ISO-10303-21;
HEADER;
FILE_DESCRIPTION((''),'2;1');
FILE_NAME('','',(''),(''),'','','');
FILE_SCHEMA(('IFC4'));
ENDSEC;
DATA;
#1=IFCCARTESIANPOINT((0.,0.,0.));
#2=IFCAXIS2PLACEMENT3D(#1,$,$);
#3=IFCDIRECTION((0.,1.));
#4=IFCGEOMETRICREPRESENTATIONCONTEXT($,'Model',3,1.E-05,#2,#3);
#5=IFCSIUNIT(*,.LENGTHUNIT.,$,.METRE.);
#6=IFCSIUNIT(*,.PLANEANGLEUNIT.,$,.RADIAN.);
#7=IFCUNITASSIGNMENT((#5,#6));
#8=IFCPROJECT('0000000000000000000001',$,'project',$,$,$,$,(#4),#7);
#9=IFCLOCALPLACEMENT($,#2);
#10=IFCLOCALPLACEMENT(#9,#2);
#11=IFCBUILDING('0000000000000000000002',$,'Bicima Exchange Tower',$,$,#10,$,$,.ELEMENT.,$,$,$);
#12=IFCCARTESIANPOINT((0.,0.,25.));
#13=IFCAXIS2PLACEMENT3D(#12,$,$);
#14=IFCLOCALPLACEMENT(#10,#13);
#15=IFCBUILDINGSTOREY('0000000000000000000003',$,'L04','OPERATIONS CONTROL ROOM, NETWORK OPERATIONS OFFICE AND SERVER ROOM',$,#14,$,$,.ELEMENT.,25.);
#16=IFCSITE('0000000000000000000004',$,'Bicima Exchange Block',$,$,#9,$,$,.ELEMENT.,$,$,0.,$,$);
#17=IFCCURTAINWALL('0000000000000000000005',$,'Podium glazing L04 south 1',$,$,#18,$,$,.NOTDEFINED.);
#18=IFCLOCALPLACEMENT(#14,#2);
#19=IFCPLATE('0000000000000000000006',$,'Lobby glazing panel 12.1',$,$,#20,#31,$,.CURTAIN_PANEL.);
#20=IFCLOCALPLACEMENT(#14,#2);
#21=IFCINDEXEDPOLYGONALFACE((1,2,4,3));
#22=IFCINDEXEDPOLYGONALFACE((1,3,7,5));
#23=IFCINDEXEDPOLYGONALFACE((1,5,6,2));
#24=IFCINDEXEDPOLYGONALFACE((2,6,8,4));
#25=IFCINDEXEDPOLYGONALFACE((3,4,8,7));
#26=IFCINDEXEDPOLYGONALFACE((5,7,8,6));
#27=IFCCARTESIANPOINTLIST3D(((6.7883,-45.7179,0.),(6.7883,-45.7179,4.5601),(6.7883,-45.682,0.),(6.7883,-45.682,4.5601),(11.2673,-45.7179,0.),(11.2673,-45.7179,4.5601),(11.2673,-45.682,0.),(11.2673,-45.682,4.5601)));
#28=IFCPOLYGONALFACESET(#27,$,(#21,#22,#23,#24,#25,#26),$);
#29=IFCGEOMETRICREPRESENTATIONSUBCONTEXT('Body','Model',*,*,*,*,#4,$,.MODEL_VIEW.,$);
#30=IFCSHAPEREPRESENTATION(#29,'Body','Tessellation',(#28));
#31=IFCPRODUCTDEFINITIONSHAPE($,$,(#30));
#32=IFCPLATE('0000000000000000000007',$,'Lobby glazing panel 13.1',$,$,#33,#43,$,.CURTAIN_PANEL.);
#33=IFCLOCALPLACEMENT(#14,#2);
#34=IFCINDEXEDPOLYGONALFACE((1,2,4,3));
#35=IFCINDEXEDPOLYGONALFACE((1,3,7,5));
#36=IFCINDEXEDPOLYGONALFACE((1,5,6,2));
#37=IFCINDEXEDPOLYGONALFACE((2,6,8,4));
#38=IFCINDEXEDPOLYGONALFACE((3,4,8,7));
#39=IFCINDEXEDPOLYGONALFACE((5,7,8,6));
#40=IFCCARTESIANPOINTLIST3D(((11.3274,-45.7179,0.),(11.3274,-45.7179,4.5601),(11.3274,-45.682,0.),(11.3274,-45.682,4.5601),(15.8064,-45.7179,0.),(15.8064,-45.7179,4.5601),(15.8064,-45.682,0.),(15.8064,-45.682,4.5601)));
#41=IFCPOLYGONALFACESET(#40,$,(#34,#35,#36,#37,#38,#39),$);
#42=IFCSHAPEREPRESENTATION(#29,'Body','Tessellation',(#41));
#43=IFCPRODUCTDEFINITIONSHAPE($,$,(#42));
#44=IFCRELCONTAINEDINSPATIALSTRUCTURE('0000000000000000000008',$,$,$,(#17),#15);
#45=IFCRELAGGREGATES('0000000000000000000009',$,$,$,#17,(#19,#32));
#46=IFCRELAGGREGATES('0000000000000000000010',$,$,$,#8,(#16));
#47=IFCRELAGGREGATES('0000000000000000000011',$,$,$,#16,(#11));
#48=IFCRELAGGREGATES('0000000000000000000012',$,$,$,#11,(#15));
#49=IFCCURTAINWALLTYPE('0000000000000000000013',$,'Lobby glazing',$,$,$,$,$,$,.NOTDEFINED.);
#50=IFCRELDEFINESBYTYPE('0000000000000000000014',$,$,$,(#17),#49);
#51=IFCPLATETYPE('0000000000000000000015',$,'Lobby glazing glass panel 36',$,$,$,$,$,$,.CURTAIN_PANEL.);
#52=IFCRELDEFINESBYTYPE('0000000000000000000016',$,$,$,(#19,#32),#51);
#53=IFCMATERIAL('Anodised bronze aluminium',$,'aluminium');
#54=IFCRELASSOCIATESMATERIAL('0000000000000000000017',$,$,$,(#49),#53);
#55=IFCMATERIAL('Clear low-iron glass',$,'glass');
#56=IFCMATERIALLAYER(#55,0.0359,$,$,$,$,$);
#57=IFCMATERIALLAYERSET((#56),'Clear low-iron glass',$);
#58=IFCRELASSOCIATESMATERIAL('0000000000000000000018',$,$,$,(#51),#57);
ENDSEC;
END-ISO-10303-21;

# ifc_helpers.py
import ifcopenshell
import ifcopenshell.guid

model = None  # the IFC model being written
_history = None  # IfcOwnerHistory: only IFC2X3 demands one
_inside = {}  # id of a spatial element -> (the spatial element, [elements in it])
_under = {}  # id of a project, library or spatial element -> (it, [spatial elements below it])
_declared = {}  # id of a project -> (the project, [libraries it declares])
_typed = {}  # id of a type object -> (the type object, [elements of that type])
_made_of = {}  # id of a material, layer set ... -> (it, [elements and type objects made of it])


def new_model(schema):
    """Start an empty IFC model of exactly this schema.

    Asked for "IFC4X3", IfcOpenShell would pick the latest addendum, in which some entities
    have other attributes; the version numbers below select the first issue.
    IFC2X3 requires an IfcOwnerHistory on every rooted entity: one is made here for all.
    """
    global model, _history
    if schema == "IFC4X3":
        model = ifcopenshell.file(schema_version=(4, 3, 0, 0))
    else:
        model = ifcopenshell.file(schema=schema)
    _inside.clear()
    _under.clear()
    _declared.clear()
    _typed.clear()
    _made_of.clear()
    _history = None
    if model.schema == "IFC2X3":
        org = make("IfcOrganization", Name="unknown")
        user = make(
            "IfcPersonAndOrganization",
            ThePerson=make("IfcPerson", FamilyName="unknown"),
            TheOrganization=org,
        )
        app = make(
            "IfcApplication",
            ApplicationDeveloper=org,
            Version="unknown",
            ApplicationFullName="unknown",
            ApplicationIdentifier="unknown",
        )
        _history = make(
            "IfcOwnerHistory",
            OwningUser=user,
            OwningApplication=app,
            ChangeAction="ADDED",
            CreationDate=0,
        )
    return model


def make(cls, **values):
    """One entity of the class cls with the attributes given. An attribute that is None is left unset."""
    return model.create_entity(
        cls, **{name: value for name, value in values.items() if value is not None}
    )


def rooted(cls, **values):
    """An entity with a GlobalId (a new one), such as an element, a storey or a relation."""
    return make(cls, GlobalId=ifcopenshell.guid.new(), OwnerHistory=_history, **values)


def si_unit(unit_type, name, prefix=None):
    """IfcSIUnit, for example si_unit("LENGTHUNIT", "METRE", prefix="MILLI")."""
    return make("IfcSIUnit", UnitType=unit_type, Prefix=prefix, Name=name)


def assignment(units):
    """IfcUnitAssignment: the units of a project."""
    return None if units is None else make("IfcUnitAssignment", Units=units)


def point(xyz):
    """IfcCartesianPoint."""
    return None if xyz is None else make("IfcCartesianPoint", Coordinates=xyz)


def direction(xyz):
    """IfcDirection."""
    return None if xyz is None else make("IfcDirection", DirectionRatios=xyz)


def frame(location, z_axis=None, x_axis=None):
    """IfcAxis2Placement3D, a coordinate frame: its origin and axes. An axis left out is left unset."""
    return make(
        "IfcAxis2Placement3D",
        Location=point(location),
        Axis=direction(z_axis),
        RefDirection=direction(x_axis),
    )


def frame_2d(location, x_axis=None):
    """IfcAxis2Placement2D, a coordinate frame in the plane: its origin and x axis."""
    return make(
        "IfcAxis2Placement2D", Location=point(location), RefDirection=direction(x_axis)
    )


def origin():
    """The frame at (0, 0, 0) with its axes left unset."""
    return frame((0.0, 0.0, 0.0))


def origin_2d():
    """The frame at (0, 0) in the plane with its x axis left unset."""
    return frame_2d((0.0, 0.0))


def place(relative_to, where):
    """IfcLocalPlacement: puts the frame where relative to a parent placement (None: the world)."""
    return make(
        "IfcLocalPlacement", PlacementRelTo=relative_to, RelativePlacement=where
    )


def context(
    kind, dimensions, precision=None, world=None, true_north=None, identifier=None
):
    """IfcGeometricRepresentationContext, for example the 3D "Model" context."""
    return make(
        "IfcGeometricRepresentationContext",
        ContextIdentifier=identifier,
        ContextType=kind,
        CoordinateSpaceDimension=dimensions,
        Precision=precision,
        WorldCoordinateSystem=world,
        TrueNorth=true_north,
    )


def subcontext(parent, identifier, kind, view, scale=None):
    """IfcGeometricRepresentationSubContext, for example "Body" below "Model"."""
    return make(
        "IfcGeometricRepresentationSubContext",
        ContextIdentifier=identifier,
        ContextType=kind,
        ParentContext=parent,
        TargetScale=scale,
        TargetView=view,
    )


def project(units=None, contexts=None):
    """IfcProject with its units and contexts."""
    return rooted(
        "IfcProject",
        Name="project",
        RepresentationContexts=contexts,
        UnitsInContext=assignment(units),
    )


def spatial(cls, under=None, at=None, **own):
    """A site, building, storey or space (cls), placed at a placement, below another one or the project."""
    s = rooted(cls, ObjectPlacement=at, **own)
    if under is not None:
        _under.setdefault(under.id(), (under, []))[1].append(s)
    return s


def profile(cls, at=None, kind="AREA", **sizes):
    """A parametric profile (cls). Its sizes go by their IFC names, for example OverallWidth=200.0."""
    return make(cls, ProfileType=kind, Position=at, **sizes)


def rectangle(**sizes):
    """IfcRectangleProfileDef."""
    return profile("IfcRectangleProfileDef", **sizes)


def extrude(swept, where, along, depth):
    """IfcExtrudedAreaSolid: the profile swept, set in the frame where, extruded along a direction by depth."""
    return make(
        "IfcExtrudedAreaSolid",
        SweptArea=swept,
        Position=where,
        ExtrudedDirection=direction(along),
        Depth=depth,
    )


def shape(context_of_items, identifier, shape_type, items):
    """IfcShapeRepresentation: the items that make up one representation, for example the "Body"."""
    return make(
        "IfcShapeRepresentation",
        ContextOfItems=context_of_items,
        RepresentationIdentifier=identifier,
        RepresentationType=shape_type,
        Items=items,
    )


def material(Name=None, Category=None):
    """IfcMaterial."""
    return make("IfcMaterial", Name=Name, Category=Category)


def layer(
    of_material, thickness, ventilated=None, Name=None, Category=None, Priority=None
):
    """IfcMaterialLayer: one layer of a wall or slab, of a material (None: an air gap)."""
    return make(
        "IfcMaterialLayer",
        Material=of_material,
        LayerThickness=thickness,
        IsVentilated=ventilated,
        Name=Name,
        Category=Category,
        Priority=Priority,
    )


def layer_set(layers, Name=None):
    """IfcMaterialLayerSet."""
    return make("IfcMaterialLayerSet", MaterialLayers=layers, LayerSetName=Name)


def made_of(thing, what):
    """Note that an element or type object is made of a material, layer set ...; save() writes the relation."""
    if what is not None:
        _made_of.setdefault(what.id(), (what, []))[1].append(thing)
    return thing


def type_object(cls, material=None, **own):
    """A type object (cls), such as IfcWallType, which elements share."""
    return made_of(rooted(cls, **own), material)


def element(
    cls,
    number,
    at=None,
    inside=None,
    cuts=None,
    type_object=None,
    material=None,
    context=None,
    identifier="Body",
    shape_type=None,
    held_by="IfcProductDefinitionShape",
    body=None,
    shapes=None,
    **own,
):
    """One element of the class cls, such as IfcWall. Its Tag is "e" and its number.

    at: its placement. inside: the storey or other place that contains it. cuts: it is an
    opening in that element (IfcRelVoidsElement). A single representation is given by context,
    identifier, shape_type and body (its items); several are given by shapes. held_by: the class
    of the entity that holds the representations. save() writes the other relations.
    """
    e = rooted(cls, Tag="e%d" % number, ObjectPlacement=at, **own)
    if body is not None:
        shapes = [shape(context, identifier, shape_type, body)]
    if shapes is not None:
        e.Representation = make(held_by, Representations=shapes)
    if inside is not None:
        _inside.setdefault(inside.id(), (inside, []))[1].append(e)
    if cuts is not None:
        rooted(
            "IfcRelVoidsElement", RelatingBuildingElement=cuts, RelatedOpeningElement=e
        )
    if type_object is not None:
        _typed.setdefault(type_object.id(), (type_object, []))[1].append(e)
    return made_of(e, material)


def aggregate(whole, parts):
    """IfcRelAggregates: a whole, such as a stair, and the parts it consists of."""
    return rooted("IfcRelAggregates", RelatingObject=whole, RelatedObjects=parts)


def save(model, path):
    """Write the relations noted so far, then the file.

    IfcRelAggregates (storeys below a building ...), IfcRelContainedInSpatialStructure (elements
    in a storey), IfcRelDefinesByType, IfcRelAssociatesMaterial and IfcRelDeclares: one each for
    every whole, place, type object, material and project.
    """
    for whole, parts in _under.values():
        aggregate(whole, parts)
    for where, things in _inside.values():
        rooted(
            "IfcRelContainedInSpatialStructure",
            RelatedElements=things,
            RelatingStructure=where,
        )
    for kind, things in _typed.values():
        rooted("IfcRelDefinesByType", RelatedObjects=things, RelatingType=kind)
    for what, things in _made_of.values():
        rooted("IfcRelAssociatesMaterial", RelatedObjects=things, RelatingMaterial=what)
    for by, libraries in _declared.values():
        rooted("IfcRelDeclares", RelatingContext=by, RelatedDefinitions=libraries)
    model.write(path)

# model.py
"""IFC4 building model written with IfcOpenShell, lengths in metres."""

from ifc_helpers import new_model, si_unit, direction, frame, origin, origin_2d, place, context, subcontext, project, spatial, rectangle, extrude, material, layer, layer_set, type_object, element, aggregate, save


model = new_model("IFC4")

# Units and contexts
model_context = context("Model", 3, precision=1e-05, world=origin(), true_north=direction((0.0, 1.0)))
body_context = subcontext(model_context, "Body", "Model", "MODEL_VIEW")
ifc_project = project(units=[si_unit("LENGTHUNIT", "METRE"), si_unit("PLANEANGLEUNIT", "RADIAN")], contexts=[model_context])

# Site, building, storey
site_placement = place(None, origin())
site = spatial("IfcSite", under=ifc_project, at=site_placement, Name="Bicima Exchange Block", CompositionType="ELEMENT", RefElevation=0.0)
building_placement = place(site_placement, origin())
building = spatial("IfcBuilding", under=site, at=building_placement, Name="Bicima Exchange Tower", CompositionType="ELEMENT")
storey_placement = place(building_placement, frame((0.0, 0.0, 25.0)))
storey = spatial("IfcBuildingStorey", under=building, at=storey_placement, Name="L04", Description="OPERATIONS CONTROL ROOM, NETWORK OPERATIONS OFFICE AND SERVER ROOM", CompositionType="ELEMENT", Elevation=25.0)

# Curtain wall, plates
ifc_material_1 = material(Name="Anodised bronze aluminium", Category="aluminium")
curtain_wall_type = type_object("IfcCurtainWallType", Name="Lobby glazing", PredefinedType="NOTDEFINED", material=ifc_material_1)
curtain_wall_placement = place(storey_placement, origin())
curtain_wall = element("IfcCurtainWall", 1, at=curtain_wall_placement, inside=storey, type_object=curtain_wall_type, Name="Podium glazing L04 south 1", PredefinedType="NOTDEFINED")
ifc_material_2 = material(Name="Clear low-iron glass", Category="glass")
ifc_layer_1 = layer(ifc_material_2, 0.0359)
ifc_layer_set_1 = layer_set([ifc_layer_1], Name="Clear low-iron glass")
plate_type = type_object("IfcPlateType", Name="Lobby glazing glass panel 36", PredefinedType="CURTAIN_PANEL", material=ifc_layer_set_1)
plate_1_placement = place(storey_placement, frame((9.0278, -45.7, 0.0), z_axis=(0.0, 0.0, 1.0), x_axis=(1.0, 0.0, 0.0)))
plate_1 = element("IfcPlate", 2, at=plate_1_placement, type_object=plate_type, Name="Lobby glazing panel 12.1", PredefinedType="CURTAIN_PANEL", context=body_context, shape_type="SweptSolid", body=[
    extrude(rectangle(XDim=4.479, YDim=0.0359, at=origin_2d()), origin(), (0.0, 0.0, 1.0), 4.5601),
])
plate_2_placement = place(storey_placement, frame((13.5669, -45.7, 0.0), z_axis=(0.0, 0.0, 1.0), x_axis=(1.0, 0.0, 0.0)))
plate_2 = element("IfcPlate", 3, at=plate_2_placement, type_object=plate_type, Name="Lobby glazing panel 13.1", PredefinedType="CURTAIN_PANEL", context=body_context, shape_type="SweptSolid", body=[
    extrude(rectangle(XDim=4.479, YDim=0.0359, at=origin_2d()), origin(), (0.0, 0.0, 1.0), 4.5601),
])
aggregate(curtain_wall, [plate_1, plate_2])

save(model, "model.ifc")
